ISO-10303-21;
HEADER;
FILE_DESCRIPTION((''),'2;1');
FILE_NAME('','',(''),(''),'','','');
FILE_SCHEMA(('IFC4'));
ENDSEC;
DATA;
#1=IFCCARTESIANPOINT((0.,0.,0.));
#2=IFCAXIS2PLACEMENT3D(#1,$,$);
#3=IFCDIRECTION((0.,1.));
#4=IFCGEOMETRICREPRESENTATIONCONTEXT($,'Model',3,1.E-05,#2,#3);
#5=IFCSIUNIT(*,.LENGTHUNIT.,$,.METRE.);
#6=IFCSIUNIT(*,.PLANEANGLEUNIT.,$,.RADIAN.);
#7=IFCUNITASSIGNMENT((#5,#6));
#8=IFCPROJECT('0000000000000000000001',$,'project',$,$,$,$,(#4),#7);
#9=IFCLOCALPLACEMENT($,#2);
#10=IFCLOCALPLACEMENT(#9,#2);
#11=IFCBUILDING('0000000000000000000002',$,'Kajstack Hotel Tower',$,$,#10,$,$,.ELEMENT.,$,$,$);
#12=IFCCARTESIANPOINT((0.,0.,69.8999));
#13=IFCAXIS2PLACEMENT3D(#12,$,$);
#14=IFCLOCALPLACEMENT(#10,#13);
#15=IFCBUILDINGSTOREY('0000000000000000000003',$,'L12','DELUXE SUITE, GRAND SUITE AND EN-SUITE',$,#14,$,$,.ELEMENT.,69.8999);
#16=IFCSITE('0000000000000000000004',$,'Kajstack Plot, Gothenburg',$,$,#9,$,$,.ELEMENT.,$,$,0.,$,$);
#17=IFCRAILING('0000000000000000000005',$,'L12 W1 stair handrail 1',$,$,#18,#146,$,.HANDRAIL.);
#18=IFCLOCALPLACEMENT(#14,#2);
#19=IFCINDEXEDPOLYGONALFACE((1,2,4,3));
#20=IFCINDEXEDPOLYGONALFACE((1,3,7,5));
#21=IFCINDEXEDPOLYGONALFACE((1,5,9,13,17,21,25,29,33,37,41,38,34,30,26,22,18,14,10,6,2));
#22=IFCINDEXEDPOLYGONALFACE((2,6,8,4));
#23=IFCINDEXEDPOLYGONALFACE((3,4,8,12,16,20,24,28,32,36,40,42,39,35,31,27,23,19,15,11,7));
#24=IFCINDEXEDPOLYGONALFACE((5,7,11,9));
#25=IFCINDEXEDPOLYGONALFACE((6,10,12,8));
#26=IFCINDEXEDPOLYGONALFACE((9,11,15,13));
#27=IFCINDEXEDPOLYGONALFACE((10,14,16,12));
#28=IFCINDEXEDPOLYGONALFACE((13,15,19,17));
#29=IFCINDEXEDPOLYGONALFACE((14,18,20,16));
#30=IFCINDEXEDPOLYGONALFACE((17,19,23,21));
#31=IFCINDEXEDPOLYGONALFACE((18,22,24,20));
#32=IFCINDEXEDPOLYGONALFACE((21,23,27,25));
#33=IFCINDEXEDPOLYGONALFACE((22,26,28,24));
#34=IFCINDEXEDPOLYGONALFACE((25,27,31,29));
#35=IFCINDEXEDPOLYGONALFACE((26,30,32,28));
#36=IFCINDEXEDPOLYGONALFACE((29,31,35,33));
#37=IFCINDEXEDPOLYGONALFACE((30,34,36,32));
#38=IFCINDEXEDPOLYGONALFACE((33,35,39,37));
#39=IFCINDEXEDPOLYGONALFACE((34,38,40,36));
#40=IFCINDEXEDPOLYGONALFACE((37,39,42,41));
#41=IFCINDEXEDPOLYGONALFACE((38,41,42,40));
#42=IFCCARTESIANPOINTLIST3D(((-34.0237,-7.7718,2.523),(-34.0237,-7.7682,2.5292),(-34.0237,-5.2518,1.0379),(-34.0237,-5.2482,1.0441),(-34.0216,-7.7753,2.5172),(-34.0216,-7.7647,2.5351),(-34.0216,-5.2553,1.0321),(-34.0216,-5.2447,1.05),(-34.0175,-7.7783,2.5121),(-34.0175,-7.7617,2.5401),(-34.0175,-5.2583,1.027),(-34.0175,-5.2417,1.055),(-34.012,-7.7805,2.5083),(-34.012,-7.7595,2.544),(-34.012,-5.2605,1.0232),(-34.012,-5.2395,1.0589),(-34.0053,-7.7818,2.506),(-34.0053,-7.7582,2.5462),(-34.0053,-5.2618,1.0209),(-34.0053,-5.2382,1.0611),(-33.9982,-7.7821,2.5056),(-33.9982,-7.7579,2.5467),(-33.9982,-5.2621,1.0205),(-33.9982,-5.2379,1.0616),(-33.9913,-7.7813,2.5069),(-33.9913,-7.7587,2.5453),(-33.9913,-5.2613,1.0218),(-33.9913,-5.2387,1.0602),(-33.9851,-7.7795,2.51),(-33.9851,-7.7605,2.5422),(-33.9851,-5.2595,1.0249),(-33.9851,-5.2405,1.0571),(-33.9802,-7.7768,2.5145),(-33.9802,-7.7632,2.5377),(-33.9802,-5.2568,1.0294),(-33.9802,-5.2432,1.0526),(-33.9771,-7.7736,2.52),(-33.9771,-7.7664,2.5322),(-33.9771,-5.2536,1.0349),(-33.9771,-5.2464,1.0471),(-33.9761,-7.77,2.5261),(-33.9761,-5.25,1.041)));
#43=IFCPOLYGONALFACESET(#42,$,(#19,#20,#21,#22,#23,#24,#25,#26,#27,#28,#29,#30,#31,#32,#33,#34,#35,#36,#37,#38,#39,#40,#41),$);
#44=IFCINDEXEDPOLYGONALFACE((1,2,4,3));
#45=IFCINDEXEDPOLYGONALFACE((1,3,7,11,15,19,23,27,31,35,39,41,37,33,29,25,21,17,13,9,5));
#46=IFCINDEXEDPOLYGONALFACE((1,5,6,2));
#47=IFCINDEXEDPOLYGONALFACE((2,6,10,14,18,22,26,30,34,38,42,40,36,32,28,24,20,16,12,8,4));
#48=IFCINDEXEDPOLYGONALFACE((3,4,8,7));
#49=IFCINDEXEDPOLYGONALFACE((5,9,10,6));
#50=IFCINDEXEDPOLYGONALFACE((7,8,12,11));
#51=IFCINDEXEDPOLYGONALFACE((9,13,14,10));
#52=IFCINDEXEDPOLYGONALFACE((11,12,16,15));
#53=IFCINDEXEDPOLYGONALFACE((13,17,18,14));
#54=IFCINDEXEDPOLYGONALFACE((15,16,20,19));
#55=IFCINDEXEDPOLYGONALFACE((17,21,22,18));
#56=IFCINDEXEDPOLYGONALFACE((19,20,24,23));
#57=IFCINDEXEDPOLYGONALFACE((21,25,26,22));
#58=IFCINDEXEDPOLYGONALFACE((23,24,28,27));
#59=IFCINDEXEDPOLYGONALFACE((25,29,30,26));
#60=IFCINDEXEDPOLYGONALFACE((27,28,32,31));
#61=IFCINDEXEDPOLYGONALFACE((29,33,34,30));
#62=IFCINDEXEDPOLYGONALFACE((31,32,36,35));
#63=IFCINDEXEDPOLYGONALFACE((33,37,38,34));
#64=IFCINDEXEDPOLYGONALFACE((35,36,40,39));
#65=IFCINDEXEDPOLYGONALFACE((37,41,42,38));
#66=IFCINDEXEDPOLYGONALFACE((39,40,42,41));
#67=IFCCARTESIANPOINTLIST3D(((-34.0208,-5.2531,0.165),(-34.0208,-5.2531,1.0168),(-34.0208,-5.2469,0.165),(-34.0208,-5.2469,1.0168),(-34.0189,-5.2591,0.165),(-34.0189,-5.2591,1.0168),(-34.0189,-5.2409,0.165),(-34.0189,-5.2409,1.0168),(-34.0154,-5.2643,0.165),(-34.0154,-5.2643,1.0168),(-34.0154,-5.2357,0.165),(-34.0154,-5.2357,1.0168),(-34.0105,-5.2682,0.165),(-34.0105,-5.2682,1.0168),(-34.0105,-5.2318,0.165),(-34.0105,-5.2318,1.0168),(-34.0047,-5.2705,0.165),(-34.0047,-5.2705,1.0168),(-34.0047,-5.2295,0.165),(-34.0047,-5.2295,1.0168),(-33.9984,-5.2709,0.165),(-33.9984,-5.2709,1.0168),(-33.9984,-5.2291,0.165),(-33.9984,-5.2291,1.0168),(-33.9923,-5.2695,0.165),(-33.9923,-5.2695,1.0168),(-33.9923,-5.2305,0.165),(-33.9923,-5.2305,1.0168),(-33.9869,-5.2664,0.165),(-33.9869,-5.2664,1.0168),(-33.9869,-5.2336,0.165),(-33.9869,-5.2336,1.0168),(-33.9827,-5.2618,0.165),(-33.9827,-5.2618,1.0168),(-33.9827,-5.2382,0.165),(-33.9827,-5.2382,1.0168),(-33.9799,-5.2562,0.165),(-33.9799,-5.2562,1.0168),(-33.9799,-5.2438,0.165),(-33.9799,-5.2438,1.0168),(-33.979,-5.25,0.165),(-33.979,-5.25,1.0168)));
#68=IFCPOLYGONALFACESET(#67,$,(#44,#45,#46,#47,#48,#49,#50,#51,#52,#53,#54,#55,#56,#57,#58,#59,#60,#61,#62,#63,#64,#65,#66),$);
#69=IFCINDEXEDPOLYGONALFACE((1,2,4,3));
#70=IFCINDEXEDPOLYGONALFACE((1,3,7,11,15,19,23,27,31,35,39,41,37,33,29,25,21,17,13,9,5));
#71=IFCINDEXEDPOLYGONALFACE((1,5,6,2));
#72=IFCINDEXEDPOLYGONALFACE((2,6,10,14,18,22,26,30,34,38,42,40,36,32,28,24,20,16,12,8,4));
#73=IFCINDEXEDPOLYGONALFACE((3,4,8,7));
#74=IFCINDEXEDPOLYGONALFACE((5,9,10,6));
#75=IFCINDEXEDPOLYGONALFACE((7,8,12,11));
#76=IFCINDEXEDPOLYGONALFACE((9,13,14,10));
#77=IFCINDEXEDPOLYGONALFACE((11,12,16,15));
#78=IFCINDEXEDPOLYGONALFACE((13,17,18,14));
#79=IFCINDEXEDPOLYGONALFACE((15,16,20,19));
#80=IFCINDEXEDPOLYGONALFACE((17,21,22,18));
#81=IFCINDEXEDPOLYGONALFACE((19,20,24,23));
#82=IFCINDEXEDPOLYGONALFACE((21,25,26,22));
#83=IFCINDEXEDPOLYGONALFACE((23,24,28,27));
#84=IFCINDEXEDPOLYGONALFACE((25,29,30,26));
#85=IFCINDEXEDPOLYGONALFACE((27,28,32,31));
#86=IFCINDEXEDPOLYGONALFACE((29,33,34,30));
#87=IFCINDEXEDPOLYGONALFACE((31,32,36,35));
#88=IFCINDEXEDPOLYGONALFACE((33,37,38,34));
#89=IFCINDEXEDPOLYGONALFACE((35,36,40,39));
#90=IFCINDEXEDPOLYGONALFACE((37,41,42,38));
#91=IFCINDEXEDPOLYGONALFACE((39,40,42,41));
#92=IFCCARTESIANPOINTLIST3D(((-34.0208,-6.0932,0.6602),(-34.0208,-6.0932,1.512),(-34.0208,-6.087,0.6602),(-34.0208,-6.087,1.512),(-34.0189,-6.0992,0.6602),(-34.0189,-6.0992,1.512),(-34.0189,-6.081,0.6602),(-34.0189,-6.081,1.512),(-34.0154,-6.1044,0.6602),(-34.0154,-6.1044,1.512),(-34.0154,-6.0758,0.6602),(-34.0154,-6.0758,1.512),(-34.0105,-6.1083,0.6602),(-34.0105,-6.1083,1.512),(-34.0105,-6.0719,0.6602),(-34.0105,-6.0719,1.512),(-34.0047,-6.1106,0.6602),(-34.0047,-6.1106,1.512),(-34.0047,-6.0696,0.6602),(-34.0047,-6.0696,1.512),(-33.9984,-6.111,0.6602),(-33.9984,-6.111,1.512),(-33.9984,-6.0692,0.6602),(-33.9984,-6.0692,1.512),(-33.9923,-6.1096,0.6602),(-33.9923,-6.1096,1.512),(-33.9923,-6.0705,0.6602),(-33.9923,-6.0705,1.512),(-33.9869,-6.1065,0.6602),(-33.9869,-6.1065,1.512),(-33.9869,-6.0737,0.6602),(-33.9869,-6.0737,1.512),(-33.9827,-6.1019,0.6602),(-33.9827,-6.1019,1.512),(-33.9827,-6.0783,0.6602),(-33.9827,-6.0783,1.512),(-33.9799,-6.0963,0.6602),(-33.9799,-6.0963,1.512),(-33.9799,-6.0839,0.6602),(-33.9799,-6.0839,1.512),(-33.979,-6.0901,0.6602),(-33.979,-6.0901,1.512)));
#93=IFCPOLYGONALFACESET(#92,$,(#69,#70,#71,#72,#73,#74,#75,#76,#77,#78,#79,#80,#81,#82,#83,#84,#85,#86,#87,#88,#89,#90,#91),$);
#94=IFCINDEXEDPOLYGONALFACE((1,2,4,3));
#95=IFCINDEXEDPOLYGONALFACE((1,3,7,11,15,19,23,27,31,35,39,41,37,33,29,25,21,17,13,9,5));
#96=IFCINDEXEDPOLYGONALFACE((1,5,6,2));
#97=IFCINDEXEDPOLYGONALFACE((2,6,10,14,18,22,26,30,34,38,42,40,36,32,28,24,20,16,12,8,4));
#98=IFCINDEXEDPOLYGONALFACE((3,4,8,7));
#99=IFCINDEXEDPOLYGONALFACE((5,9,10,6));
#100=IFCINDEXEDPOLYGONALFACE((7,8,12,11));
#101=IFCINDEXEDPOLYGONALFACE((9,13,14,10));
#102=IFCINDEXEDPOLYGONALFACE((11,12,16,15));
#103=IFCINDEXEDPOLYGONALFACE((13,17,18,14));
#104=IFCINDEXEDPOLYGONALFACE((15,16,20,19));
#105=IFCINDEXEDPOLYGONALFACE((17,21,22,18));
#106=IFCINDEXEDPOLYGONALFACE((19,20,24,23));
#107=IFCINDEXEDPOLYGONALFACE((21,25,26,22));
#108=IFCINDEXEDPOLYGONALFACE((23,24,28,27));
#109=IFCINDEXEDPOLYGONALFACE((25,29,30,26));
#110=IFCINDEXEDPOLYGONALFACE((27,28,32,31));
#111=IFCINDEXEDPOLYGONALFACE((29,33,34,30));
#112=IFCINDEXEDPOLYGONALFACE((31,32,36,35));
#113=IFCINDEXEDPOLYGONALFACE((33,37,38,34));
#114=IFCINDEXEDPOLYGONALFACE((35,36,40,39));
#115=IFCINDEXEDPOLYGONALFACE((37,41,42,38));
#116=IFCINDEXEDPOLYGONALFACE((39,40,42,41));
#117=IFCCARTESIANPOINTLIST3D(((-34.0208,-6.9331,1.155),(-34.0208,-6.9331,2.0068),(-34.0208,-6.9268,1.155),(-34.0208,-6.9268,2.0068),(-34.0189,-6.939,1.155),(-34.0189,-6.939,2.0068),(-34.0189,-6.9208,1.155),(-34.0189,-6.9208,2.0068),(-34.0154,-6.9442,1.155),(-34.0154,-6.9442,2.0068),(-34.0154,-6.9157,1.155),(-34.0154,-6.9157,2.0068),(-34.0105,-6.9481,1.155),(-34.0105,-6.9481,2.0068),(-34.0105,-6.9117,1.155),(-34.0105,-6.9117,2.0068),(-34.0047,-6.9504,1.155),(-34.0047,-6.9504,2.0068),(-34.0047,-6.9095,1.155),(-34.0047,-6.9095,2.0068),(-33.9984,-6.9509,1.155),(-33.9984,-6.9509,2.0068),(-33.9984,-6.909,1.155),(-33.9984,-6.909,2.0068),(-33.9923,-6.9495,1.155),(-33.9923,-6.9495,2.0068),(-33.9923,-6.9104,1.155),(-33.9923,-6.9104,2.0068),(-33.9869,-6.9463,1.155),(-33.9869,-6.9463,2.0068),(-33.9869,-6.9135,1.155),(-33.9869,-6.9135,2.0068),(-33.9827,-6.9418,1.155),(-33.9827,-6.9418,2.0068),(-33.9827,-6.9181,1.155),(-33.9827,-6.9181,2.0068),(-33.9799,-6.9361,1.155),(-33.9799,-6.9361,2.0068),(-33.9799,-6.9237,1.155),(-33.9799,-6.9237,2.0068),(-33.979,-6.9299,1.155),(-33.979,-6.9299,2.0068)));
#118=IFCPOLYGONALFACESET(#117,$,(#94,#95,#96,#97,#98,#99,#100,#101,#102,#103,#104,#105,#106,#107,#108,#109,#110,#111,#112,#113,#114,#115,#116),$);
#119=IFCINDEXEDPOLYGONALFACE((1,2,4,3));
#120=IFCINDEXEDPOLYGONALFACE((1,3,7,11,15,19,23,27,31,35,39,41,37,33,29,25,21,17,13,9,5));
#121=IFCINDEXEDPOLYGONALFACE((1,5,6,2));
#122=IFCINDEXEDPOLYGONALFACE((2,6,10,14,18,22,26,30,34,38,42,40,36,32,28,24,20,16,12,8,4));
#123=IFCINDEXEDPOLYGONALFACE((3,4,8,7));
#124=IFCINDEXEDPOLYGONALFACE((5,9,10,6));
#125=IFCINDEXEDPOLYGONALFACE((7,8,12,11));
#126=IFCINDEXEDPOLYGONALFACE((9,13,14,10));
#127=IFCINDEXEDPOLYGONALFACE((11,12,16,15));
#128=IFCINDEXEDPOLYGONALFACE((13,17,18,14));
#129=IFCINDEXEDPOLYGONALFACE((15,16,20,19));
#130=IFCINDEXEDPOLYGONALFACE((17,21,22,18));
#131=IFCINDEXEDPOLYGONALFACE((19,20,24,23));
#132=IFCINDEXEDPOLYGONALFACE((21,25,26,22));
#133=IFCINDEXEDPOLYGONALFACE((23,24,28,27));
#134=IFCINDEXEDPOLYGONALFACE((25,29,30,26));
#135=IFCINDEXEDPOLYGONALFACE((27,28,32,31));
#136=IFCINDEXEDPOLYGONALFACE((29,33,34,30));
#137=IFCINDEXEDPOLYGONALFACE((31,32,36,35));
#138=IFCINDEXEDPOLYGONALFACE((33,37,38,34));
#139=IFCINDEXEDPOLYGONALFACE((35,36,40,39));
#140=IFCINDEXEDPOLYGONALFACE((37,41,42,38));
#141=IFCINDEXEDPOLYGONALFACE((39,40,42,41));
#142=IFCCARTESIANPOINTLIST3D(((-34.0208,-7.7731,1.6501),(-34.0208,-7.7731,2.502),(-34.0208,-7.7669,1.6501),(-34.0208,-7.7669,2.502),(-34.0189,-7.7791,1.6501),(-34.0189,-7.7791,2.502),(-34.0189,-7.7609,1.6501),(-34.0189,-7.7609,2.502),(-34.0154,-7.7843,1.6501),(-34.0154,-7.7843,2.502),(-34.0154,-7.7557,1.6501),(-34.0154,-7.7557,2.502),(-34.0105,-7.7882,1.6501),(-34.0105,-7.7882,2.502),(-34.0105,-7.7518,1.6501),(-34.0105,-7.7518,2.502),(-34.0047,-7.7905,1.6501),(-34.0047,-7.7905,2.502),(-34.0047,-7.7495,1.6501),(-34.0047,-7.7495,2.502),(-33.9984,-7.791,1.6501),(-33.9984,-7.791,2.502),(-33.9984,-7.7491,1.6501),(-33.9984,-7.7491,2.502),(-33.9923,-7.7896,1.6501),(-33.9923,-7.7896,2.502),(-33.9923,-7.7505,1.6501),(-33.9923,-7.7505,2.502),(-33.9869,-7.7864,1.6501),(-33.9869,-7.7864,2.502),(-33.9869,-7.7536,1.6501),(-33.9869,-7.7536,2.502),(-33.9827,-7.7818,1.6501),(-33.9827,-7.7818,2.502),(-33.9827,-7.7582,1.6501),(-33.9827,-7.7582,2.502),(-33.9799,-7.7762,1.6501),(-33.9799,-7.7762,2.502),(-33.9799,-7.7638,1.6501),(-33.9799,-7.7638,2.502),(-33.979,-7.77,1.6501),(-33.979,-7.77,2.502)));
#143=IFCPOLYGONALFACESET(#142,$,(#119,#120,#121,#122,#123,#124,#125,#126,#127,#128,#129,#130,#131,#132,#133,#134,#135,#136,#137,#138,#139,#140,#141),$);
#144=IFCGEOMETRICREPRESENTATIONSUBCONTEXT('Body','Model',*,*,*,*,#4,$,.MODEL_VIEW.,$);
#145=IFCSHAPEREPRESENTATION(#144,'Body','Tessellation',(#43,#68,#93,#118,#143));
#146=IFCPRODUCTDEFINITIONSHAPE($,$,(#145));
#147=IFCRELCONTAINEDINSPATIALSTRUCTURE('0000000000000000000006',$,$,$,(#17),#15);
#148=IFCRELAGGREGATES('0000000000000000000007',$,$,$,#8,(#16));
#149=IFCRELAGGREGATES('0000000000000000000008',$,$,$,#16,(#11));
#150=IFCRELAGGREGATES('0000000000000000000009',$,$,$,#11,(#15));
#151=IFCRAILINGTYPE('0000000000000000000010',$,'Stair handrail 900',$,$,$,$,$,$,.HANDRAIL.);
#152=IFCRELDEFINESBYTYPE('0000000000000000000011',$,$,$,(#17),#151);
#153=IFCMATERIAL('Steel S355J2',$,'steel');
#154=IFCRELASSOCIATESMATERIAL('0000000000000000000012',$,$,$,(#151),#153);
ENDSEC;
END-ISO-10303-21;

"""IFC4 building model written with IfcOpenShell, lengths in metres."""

from ifc_helpers import new_model, si_unit, direction, frame, origin, origin_2d, place, context, subcontext, project, spatial, circle, extrude, material, type_object, element, save


model = new_model("IFC4")

# Units and contexts
model_context = context("Model", 3, precision=1e-05, world=origin(), true_north=direction((0.0, 1.0)))
body_context = subcontext(model_context, "Body", "Model", "MODEL_VIEW")
ifc_project = project(units=[si_unit("LENGTHUNIT", "METRE"), si_unit("PLANEANGLEUNIT", "RADIAN")], contexts=[model_context])

# Site, building, storey
site_placement = place(None, origin())
site = spatial("IfcSite", under=ifc_project, at=site_placement, Name="Kajstack Plot, Gothenburg", CompositionType="ELEMENT", RefElevation=0.0)
building_placement = place(site_placement, origin())
building = spatial("IfcBuilding", under=site, at=building_placement, Name="Kajstack Hotel Tower", CompositionType="ELEMENT")
storey_placement = place(building_placement, frame((0.0, 0.0, 69.8999)))
storey = spatial("IfcBuildingStorey", under=building, at=storey_placement, Name="L12", Description="DELUXE SUITE, GRAND SUITE AND EN-SUITE", CompositionType="ELEMENT", Elevation=69.8999)

# Railing
ifc_material_1 = material(Name="Steel S355J2", Category="steel")
railing_type = type_object("IfcRailingType", Name="Stair handrail 900", PredefinedType="HANDRAIL", material=ifc_material_1)
railing_1_placement = place(storey_placement, frame((-34.0, -5.25, 0.165)))
element("IfcRailing", 1, at=railing_1_placement, inside=storey, type_object=railing_type, Name="L12 W1 stair handrail 1", PredefinedType="HANDRAIL", context=body_context, shape_type="SweptSolid", body=[
    extrude(circle(Radius=0.0239, at=origin_2d()), frame((0.0, 0.0, 0.876), z_axis=(0.0, -0.861524, 0.507717), x_axis=(1.0, 0.0, 0.0)), (0.0, 0.0, 1.0), 2.925),
    extrude(circle(Radius=0.021, at=origin_2d()), origin(), (0.0, 0.0, 1.0), 0.8518),
    extrude(circle(Radius=0.021, at=origin_2d()), frame((0.0, -0.8401, 0.4951)), (0.0, 0.0, 1.0), 0.8518),
    extrude(circle(Radius=0.021, at=origin_2d()), frame((0.0, -1.6799, 0.99)), (0.0, 0.0, 1.0), 0.8518),
    extrude(circle(Radius=0.021, at=origin_2d()), frame((0.0, -2.52, 1.4851)), (0.0, 0.0, 1.0), 0.8518),
])

save(model, "model.ifc")
